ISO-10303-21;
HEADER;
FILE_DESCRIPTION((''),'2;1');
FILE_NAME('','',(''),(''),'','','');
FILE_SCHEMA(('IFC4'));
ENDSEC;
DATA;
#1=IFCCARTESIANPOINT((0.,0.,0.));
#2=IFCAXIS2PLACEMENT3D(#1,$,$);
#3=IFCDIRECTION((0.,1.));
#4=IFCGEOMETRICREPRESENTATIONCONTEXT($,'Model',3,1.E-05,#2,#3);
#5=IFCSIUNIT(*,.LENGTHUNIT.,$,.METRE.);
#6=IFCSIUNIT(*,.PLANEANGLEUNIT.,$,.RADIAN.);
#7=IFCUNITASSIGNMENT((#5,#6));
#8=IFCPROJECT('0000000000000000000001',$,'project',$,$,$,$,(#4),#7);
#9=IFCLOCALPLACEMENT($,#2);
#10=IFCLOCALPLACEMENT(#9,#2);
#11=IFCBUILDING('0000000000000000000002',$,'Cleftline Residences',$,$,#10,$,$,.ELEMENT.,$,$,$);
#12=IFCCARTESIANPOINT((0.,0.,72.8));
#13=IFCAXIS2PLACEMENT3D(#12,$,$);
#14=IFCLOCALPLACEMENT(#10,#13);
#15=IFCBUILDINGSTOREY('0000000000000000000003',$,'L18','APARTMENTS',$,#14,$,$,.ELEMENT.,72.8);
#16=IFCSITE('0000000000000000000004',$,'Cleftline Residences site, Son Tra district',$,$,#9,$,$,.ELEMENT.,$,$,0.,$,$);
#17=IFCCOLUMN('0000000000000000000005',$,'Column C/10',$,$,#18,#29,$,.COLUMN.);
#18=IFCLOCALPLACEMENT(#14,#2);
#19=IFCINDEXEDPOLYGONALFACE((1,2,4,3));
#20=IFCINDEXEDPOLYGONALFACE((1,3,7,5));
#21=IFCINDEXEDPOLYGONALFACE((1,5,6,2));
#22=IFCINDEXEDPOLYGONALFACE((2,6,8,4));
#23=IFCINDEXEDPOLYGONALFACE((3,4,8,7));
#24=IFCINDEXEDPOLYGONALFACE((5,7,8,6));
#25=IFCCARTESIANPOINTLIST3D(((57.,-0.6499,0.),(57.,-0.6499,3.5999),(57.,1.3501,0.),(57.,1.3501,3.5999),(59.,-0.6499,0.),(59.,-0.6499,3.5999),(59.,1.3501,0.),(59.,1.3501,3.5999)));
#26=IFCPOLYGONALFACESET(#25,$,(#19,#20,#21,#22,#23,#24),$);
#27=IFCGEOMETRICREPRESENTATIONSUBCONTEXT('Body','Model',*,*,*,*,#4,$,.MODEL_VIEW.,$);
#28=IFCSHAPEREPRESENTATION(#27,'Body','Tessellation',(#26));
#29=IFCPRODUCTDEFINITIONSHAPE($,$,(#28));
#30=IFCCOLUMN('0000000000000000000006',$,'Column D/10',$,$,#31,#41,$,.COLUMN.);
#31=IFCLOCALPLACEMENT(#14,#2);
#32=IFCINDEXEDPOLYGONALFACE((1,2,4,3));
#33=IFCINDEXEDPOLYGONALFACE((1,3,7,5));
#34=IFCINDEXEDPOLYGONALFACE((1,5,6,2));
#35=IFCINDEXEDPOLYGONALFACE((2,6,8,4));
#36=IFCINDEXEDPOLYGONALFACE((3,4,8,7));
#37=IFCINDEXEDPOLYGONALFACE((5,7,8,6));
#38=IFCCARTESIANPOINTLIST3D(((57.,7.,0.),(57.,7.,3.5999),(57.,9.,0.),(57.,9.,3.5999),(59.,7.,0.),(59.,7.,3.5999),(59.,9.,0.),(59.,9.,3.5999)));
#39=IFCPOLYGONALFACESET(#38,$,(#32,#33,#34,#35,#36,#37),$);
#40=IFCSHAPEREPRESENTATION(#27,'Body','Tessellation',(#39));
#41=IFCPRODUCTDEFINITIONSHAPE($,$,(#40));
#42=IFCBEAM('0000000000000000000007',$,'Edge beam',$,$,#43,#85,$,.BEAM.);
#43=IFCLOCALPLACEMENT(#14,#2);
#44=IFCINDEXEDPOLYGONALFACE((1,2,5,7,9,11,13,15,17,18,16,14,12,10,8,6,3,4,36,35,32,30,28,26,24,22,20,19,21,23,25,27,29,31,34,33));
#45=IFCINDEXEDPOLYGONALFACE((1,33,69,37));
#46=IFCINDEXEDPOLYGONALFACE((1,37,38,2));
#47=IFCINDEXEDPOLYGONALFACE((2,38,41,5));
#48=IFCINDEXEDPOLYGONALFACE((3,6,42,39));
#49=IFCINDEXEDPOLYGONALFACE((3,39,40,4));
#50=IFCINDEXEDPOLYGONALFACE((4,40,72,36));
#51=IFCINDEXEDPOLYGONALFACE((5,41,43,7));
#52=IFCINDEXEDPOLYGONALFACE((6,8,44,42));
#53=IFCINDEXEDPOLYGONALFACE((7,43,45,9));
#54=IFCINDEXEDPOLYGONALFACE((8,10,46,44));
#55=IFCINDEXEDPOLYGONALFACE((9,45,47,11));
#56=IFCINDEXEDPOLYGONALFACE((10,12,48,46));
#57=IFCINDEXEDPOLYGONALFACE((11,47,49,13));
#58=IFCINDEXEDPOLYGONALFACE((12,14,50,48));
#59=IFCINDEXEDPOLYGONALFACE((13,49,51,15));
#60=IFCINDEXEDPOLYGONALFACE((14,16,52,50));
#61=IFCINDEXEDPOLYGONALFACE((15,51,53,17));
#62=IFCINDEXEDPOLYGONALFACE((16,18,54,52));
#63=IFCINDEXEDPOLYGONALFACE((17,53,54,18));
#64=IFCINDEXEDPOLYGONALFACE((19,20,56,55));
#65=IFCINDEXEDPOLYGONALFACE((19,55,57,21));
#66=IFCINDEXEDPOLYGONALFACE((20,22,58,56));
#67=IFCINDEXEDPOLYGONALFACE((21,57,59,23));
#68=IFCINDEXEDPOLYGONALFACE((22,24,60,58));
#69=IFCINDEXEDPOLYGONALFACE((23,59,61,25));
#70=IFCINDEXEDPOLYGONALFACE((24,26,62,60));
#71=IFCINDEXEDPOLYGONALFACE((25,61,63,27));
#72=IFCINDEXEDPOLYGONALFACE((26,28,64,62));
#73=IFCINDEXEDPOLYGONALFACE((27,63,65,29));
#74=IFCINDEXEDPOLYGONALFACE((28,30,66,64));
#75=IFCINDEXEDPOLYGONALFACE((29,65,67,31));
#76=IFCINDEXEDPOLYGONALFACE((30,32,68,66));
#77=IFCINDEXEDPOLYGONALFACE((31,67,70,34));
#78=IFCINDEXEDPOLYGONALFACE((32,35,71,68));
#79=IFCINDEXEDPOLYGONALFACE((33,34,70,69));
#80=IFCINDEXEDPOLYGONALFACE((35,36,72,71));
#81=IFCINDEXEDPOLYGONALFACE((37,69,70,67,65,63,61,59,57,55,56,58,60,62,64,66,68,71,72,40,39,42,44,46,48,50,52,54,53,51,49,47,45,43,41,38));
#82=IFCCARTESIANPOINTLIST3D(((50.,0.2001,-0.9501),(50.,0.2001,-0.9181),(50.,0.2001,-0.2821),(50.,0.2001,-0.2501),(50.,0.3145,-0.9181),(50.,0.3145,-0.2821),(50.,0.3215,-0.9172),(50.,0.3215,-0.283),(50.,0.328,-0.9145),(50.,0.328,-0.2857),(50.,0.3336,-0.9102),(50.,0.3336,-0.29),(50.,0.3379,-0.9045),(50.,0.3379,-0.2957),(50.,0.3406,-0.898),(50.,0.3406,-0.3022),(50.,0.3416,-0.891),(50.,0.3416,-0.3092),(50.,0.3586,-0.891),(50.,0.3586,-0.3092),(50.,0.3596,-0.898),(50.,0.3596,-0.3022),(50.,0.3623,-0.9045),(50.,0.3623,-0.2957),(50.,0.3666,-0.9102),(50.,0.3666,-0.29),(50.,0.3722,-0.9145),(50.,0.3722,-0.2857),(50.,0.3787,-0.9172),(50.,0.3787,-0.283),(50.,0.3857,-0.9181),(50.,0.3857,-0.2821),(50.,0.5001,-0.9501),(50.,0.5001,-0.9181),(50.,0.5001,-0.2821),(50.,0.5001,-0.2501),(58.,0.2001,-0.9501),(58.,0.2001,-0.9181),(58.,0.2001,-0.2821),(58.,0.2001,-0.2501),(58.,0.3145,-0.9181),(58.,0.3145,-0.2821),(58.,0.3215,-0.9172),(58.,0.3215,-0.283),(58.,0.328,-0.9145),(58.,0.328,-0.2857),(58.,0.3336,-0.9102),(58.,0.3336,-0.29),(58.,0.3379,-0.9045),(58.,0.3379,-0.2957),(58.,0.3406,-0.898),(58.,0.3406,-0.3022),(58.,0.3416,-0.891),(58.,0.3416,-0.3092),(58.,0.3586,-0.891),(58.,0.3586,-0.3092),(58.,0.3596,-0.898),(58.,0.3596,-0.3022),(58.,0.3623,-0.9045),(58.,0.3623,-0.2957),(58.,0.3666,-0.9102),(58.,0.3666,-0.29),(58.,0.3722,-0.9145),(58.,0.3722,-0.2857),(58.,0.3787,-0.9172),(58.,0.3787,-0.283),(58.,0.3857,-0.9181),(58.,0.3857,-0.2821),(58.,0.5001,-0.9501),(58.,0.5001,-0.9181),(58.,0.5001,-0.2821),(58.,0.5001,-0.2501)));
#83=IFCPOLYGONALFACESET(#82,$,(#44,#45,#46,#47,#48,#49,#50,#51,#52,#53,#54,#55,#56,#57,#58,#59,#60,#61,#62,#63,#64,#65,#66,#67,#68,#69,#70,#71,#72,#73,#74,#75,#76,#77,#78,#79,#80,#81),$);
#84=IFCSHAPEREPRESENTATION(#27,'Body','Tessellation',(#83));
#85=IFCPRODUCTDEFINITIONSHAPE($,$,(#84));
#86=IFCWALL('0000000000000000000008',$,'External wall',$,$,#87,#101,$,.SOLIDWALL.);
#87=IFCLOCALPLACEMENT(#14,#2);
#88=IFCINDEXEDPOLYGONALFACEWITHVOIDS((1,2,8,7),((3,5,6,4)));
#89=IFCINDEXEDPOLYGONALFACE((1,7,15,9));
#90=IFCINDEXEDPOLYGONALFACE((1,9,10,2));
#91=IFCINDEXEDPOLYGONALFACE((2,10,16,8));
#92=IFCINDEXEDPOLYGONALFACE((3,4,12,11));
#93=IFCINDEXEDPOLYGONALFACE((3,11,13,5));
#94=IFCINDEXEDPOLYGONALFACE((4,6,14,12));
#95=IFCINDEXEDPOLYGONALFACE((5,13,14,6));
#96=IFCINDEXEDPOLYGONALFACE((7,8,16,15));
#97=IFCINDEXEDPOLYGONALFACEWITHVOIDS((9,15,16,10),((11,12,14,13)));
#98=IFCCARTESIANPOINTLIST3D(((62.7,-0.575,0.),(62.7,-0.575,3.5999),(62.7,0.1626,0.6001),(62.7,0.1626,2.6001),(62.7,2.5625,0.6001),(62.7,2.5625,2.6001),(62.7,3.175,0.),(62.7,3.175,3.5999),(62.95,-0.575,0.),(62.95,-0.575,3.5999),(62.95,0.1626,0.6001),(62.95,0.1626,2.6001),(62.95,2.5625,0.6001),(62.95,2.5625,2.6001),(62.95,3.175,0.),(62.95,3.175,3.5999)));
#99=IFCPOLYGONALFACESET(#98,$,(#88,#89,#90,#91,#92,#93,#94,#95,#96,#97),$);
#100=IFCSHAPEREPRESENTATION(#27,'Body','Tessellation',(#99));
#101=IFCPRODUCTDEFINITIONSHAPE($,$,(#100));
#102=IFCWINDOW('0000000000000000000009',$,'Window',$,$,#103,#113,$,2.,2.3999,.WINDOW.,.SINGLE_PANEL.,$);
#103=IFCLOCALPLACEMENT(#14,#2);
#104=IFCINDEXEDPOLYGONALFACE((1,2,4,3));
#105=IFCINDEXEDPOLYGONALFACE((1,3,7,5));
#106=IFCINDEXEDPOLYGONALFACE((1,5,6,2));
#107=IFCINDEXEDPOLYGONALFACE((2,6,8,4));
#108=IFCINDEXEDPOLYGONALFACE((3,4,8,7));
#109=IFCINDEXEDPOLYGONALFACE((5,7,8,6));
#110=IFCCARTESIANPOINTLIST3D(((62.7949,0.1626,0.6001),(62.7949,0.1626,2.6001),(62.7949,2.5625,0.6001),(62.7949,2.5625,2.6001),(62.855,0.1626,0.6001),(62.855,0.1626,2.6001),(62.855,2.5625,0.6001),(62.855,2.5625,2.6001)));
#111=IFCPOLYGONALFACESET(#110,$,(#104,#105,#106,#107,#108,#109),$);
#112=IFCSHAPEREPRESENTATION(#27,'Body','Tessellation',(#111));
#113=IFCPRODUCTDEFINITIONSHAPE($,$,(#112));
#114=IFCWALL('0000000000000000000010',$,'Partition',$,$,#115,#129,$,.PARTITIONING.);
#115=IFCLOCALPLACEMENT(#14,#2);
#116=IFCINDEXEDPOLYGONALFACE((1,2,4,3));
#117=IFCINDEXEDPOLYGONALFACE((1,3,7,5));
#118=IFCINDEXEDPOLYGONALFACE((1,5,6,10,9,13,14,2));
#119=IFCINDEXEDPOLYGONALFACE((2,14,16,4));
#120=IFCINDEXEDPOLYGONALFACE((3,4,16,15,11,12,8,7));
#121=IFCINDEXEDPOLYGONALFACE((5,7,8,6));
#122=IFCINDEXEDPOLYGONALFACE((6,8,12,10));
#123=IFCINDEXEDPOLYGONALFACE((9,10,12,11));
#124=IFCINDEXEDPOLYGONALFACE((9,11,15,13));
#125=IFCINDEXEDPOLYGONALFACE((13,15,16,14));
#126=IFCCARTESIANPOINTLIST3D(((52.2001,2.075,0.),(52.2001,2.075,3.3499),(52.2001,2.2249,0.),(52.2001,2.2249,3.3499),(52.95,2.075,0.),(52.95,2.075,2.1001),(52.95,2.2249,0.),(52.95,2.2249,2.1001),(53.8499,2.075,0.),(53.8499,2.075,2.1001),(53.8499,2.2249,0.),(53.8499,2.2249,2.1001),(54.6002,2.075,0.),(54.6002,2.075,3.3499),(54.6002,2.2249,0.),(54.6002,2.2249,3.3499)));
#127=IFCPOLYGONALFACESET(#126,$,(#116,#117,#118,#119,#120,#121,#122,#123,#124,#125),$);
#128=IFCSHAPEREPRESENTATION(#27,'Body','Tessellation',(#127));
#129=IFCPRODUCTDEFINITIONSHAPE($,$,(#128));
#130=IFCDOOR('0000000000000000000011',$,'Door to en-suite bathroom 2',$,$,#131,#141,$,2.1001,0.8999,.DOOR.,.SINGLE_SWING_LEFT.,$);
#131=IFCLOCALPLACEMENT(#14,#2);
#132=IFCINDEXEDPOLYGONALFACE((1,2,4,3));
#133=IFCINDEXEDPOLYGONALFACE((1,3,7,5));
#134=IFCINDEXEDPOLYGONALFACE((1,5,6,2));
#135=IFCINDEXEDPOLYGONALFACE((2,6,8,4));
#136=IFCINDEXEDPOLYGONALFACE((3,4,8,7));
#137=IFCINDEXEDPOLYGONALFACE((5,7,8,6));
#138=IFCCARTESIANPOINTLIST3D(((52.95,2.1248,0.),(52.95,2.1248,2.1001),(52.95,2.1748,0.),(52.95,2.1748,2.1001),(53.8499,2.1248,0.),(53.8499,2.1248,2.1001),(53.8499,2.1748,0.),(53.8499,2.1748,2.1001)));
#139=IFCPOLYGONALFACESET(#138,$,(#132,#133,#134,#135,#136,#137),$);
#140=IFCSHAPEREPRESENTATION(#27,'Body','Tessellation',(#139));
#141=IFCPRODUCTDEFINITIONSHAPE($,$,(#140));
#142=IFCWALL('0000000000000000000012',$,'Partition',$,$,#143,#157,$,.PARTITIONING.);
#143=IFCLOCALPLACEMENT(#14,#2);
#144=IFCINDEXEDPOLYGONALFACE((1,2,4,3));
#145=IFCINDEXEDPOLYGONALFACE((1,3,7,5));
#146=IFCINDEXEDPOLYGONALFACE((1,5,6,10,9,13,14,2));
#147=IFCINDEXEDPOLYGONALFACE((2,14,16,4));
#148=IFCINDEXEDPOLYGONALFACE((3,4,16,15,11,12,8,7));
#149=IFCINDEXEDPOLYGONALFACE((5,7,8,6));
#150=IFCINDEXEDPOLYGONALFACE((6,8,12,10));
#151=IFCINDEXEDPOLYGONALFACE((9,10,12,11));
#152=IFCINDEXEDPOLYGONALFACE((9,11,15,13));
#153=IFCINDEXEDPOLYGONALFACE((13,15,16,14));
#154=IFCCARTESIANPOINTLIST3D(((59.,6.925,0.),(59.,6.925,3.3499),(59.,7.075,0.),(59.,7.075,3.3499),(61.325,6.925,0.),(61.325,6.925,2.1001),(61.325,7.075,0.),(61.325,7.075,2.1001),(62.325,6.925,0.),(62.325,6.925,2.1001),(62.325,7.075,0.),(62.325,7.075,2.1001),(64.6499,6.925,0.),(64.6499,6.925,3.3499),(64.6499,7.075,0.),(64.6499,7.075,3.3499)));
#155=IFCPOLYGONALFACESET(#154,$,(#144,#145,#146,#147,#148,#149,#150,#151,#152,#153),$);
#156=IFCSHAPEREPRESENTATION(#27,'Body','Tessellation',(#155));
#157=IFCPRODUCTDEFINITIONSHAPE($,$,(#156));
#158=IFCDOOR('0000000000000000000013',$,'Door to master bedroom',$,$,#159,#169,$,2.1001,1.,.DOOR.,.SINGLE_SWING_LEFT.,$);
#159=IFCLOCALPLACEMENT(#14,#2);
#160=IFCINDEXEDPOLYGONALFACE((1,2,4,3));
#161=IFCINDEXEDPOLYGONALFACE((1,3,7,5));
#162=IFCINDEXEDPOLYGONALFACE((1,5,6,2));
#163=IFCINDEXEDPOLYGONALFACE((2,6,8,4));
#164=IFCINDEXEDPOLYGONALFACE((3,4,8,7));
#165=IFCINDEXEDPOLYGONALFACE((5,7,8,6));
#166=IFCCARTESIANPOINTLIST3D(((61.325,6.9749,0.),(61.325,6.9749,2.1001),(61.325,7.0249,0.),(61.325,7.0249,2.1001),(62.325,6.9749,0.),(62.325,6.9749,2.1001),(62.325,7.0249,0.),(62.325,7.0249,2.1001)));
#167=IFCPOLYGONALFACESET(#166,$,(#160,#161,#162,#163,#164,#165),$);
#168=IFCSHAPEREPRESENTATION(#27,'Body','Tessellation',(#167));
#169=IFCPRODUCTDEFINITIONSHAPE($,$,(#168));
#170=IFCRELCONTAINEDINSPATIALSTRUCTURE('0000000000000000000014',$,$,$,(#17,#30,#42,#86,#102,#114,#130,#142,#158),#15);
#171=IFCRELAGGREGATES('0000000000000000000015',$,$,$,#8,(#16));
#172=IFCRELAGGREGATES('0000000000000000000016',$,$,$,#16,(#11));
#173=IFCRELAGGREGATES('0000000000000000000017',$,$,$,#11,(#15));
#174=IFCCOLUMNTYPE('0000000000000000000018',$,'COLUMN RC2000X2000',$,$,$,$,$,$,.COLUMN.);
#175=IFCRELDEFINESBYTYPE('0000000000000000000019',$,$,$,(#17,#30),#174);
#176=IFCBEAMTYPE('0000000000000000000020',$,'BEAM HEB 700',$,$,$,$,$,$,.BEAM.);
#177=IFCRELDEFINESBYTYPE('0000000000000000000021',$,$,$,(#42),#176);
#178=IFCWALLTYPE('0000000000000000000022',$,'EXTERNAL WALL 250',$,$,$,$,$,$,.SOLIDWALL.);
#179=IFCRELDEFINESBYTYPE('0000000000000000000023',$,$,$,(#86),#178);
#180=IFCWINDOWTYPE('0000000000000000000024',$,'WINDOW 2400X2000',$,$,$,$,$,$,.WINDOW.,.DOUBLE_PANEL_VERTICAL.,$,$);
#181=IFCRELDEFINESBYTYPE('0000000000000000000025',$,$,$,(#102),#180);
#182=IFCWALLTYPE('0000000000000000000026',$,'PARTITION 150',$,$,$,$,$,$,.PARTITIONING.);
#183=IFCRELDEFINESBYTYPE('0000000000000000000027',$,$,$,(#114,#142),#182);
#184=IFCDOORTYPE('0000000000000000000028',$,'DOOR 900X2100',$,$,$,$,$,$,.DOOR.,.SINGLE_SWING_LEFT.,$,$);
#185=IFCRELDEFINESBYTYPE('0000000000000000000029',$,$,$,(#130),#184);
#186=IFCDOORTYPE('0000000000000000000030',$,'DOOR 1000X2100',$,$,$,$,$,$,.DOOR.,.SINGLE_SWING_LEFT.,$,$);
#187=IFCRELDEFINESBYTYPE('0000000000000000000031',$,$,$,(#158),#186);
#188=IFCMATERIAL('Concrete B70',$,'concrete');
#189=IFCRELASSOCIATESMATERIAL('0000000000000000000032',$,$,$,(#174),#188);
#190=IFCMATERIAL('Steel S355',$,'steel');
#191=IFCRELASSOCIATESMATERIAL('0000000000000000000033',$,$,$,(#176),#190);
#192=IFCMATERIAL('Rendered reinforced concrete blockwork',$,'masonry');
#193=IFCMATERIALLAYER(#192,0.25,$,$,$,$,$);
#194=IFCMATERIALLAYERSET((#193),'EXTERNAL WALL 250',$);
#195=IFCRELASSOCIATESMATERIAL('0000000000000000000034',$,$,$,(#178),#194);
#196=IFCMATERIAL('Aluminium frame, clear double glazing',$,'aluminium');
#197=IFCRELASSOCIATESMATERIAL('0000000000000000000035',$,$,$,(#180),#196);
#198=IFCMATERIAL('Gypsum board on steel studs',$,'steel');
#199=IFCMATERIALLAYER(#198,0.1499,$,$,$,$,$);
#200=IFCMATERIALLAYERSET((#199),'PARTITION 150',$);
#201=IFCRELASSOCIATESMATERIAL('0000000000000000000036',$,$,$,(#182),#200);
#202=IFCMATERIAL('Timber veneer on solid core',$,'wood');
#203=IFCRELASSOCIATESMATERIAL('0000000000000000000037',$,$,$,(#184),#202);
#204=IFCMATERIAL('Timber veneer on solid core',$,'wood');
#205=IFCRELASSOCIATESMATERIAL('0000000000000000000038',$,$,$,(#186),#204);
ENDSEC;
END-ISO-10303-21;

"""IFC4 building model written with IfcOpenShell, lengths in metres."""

from ifc_helpers import new_model, si_unit, direction, frame, frame_2d, origin, origin_2d, place, context, subcontext, project, spatial, rectangle, i_section, extrude, material, layer, layer_set, material_profile, profile_set, type_object, element, fill, save


model = new_model("IFC4")

# Units and contexts
model_context = context("Model", 3, precision=1e-05, world=origin(), true_north=direction((0.0, 1.0)))
body_context = subcontext(model_context, "Body", "Model", "MODEL_VIEW")
ifc_project = project(units=[si_unit("LENGTHUNIT", "METRE"), si_unit("PLANEANGLEUNIT", "RADIAN")], contexts=[model_context])

# Site, building, storey
site_placement = place(None, origin())
site = spatial("IfcSite", under=ifc_project, at=site_placement, Name="Cleftline Residences site, Son Tra district", CompositionType="ELEMENT", RefElevation=0.0)
building_placement = place(site_placement, origin())
building = spatial("IfcBuilding", under=site, at=building_placement, Name="Cleftline Residences", CompositionType="ELEMENT")
storey_placement = place(building_placement, frame((0.0, 0.0, 72.8)))
storey = spatial("IfcBuildingStorey", under=building, at=storey_placement, Name="L18", Description="APARTMENTS", CompositionType="ELEMENT", Elevation=72.8)

# Columns
ifc_material_1 = material(Name="Concrete B70", Category="concrete")
ifc_material_profile_1 = material_profile(ifc_material_1, rectangle(XDim=2.0, YDim=2.0, at=origin_2d()))
ifc_profile_set_1 = profile_set([ifc_material_profile_1], Name="Concrete B70")
column_type = type_object("IfcColumnType", Name="COLUMN RC2000X2000", PredefinedType="COLUMN", material=ifc_profile_set_1)
for number, where, z_axis, x_axis, name in (
    (1, (58.0, 0.3501, 0.0), (0.0, 0.0, 1.0), (1.0, 0.0, 0.0), "Column C/10"),
    (2, (58.0, 8.0, 0.0), (0.0, 0.0, 1.0), (1.0, 0.0, 0.0), "Column D/10"),
):
    element("IfcColumn", number, at=place(storey_placement, frame(where, z_axis=z_axis, x_axis=x_axis)), inside=storey, type_object=column_type, Name=name, PredefinedType="COLUMN", context=body_context, shape_type="SweptSolid", body=[
        extrude(rectangle(XDim=2.0, YDim=2.0, at=origin_2d()), origin(), (0.0, 0.0, 1.0), 3.5999),
    ])

# Beam
ifc_material_2 = material(Name="Steel S355", Category="steel")
ifc_material_profile_2 = material_profile(ifc_material_2, i_section(OverallWidth=0.3, OverallDepth=0.7, WebThickness=0.0171, FlangeThickness=0.032, FilletRadius=0.0271, at=origin_2d()))
ifc_profile_set_2 = profile_set([ifc_material_profile_2], Name="Steel S355")
beam_type = type_object("IfcBeamType", Name="BEAM HEB 700", PredefinedType="BEAM", material=ifc_profile_set_2)
beam_placement = place(storey_placement, frame((58.0, 0.3501, -0.6001), z_axis=(-1.0, 0.0, 0.0), x_axis=(0.0, -1.0, 0.0)))
element("IfcBeam", 3, at=beam_placement, inside=storey, type_object=beam_type, Name="Edge beam", PredefinedType="BEAM", context=body_context, shape_type="SweptSolid", body=[
    extrude(i_section(OverallWidth=0.3, OverallDepth=0.7, WebThickness=0.0171, FlangeThickness=0.032, FilletRadius=0.0271, at=origin_2d()), origin(), (0.0, 0.0, 1.0), 8.0),
])

# Wall, opening, window
ifc_material_3 = material(Name="Rendered reinforced concrete blockwork", Category="masonry")
ifc_layer_1 = layer(ifc_material_3, 0.25)
ifc_layer_set_1 = layer_set([ifc_layer_1], Name="EXTERNAL WALL 250")
wall_type_1 = type_object("IfcWallType", Name="EXTERNAL WALL 250", PredefinedType="SOLIDWALL", material=ifc_layer_set_1)
wall_1_placement = place(storey_placement, frame((62.825, -0.575, 0.0), z_axis=(0.0, 0.0, 1.0), x_axis=(0.0, 1.0, 0.0)))
wall_1 = element("IfcWall", 4, at=wall_1_placement, inside=storey, type_object=wall_type_1, Name="External wall", PredefinedType="SOLIDWALL", context=body_context, shape_type="SweptSolid", body=[
    extrude(rectangle(XDim=3.75, YDim=0.25, at=frame_2d((1.875, 0.0))), origin(), (0.0, 0.0, 1.0), 3.5999),
])
opening_1_placement = place(wall_1_placement, frame((0.7375, 0.0, 0.6001)))
opening_1 = element("IfcOpeningElement", 5, at=opening_1_placement, cuts=wall_1, PredefinedType="OPENING", context=body_context, shape_type="SweptSolid", body=[
    extrude(rectangle(XDim=2.3999, YDim=2.0, at=frame_2d((1.2, 1.0))), frame((0.0, 0.135, 0.0), z_axis=(0.0, -1.0, 0.0), x_axis=(1.0, 0.0, 0.0)), (0.0, 0.0, 1.0), 0.27),
])
ifc_material_4 = material(Name="Aluminium frame, clear double glazing", Category="aluminium")
window_type = type_object("IfcWindowType", Name="WINDOW 2400X2000", PartitioningType="DOUBLE_PANEL_VERTICAL", PredefinedType="WINDOW", material=ifc_material_4)
window_placement = place(opening_1_placement, origin())
window = element("IfcWindow", 6, at=window_placement, inside=storey, type_object=window_type, Name="Window", OverallHeight=2.0, OverallWidth=2.3999, PartitioningType="SINGLE_PANEL", PredefinedType="WINDOW", context=body_context, shape_type="SweptSolid", body=[
    extrude(rectangle(XDim=2.3999, YDim=2.0, at=frame_2d((1.2, 1.0))), frame((0.0, 0.03, 0.0), z_axis=(0.0, -1.0, 0.0), x_axis=(1.0, 0.0, 0.0)), (0.0, 0.0, 1.0), 0.0601),
])
fill(opening_1, window)

# Walls, openings, doors
ifc_material_5 = material(Name="Gypsum board on steel studs", Category="steel")
ifc_layer_2 = layer(ifc_material_5, 0.1499)
ifc_layer_set_2 = layer_set([ifc_layer_2], Name="PARTITION 150")
wall_type_2 = type_object("IfcWallType", Name="PARTITION 150", PredefinedType="PARTITIONING", material=ifc_layer_set_2)
wall_2_placement = place(storey_placement, frame((52.2, 2.1499, 0.0), z_axis=(0.0, 0.0, 1.0), x_axis=(1.0, 0.0, 0.0)))
wall_2 = element("IfcWall", 7, at=wall_2_placement, inside=storey, type_object=wall_type_2, Name="Partition", PredefinedType="PARTITIONING", context=body_context, shape_type="SweptSolid", body=[
    extrude(rectangle(XDim=2.4001, YDim=0.1499, at=frame_2d((1.2002, 0.0))), origin(), (0.0, 0.0, 1.0), 3.3499),
])
opening_2_placement = place(wall_2_placement, frame((0.75, 0.0, 0.0)))
opening_2 = element("IfcOpeningElement", 8, at=opening_2_placement, cuts=wall_2, PredefinedType="OPENING", context=body_context, shape_type="SweptSolid", body=[
    extrude(rectangle(XDim=0.8999, YDim=2.1001, at=frame_2d((0.45, 1.05))), frame((0.0, 0.085, 0.0), z_axis=(0.0, -1.0, 0.0), x_axis=(1.0, 0.0, 0.0)), (0.0, 0.0, 1.0), 0.1699),
])
ifc_material_6 = material(Name="Timber veneer on solid core", Category="wood")
door_type_1 = type_object("IfcDoorType", Name="DOOR 900X2100", OperationType="SINGLE_SWING_LEFT", PredefinedType="DOOR", material=ifc_material_6)
door_1_placement = place(opening_2_placement, origin())
door_1 = element("IfcDoor", 9, at=door_1_placement, inside=storey, type_object=door_type_1, Name="Door to en-suite bathroom 2", OperationType="SINGLE_SWING_LEFT", OverallHeight=2.1001, OverallWidth=0.8999, PredefinedType="DOOR", context=body_context, shape_type="SweptSolid", body=[
    extrude(rectangle(XDim=0.8999, YDim=2.1001, at=frame_2d((0.45, 1.05))), frame((0.0, 0.0249, 0.0), z_axis=(0.0, -1.0, 0.0), x_axis=(1.0, 0.0, 0.0)), (0.0, 0.0, 1.0), 0.05),
])
fill(opening_2, door_1)
wall_3_placement = place(storey_placement, frame((59.0, 7.0, 0.0), z_axis=(0.0, 0.0, 1.0), x_axis=(1.0, 0.0, 0.0)))
wall_3 = element("IfcWall", 10, at=wall_3_placement, inside=storey, type_object=wall_type_2, Name="Partition", PredefinedType="PARTITIONING", context=body_context, shape_type="SweptSolid", body=[
    extrude(rectangle(XDim=5.6499, YDim=0.1499, at=frame_2d((2.825, 0.0))), origin(), (0.0, 0.0, 1.0), 3.3499),
])
opening_3_placement = place(wall_3_placement, frame((2.325, 0.0, 0.0)))
opening_3 = element("IfcOpeningElement", 11, at=opening_3_placement, cuts=wall_3, PredefinedType="OPENING", context=body_context, shape_type="SweptSolid", body=[
    extrude(rectangle(XDim=1.0, YDim=2.1001, at=frame_2d((0.5, 1.05))), frame((0.0, 0.085, 0.0), z_axis=(0.0, -1.0, 0.0), x_axis=(1.0, 0.0, 0.0)), (0.0, 0.0, 1.0), 0.1699),
])
ifc_material_7 = material(Name="Timber veneer on solid core", Category="wood")
door_type_2 = type_object("IfcDoorType", Name="DOOR 1000X2100", OperationType="SINGLE_SWING_LEFT", PredefinedType="DOOR", material=ifc_material_7)
door_2_placement = place(opening_3_placement, origin())
door_2 = element("IfcDoor", 12, at=door_2_placement, inside=storey, type_object=door_type_2, Name="Door to master bedroom", OperationType="SINGLE_SWING_LEFT", OverallHeight=2.1001, OverallWidth=1.0, PredefinedType="DOOR", context=body_context, shape_type="SweptSolid", body=[
    extrude(rectangle(XDim=1.0, YDim=2.1001, at=frame_2d((0.5, 1.05))), frame((0.0, 0.0249, 0.0), z_axis=(0.0, -1.0, 0.0), x_axis=(1.0, 0.0, 0.0)), (0.0, 0.0, 1.0), 0.05),
])
fill(opening_3, door_2)

save(model, "model.ifc")
